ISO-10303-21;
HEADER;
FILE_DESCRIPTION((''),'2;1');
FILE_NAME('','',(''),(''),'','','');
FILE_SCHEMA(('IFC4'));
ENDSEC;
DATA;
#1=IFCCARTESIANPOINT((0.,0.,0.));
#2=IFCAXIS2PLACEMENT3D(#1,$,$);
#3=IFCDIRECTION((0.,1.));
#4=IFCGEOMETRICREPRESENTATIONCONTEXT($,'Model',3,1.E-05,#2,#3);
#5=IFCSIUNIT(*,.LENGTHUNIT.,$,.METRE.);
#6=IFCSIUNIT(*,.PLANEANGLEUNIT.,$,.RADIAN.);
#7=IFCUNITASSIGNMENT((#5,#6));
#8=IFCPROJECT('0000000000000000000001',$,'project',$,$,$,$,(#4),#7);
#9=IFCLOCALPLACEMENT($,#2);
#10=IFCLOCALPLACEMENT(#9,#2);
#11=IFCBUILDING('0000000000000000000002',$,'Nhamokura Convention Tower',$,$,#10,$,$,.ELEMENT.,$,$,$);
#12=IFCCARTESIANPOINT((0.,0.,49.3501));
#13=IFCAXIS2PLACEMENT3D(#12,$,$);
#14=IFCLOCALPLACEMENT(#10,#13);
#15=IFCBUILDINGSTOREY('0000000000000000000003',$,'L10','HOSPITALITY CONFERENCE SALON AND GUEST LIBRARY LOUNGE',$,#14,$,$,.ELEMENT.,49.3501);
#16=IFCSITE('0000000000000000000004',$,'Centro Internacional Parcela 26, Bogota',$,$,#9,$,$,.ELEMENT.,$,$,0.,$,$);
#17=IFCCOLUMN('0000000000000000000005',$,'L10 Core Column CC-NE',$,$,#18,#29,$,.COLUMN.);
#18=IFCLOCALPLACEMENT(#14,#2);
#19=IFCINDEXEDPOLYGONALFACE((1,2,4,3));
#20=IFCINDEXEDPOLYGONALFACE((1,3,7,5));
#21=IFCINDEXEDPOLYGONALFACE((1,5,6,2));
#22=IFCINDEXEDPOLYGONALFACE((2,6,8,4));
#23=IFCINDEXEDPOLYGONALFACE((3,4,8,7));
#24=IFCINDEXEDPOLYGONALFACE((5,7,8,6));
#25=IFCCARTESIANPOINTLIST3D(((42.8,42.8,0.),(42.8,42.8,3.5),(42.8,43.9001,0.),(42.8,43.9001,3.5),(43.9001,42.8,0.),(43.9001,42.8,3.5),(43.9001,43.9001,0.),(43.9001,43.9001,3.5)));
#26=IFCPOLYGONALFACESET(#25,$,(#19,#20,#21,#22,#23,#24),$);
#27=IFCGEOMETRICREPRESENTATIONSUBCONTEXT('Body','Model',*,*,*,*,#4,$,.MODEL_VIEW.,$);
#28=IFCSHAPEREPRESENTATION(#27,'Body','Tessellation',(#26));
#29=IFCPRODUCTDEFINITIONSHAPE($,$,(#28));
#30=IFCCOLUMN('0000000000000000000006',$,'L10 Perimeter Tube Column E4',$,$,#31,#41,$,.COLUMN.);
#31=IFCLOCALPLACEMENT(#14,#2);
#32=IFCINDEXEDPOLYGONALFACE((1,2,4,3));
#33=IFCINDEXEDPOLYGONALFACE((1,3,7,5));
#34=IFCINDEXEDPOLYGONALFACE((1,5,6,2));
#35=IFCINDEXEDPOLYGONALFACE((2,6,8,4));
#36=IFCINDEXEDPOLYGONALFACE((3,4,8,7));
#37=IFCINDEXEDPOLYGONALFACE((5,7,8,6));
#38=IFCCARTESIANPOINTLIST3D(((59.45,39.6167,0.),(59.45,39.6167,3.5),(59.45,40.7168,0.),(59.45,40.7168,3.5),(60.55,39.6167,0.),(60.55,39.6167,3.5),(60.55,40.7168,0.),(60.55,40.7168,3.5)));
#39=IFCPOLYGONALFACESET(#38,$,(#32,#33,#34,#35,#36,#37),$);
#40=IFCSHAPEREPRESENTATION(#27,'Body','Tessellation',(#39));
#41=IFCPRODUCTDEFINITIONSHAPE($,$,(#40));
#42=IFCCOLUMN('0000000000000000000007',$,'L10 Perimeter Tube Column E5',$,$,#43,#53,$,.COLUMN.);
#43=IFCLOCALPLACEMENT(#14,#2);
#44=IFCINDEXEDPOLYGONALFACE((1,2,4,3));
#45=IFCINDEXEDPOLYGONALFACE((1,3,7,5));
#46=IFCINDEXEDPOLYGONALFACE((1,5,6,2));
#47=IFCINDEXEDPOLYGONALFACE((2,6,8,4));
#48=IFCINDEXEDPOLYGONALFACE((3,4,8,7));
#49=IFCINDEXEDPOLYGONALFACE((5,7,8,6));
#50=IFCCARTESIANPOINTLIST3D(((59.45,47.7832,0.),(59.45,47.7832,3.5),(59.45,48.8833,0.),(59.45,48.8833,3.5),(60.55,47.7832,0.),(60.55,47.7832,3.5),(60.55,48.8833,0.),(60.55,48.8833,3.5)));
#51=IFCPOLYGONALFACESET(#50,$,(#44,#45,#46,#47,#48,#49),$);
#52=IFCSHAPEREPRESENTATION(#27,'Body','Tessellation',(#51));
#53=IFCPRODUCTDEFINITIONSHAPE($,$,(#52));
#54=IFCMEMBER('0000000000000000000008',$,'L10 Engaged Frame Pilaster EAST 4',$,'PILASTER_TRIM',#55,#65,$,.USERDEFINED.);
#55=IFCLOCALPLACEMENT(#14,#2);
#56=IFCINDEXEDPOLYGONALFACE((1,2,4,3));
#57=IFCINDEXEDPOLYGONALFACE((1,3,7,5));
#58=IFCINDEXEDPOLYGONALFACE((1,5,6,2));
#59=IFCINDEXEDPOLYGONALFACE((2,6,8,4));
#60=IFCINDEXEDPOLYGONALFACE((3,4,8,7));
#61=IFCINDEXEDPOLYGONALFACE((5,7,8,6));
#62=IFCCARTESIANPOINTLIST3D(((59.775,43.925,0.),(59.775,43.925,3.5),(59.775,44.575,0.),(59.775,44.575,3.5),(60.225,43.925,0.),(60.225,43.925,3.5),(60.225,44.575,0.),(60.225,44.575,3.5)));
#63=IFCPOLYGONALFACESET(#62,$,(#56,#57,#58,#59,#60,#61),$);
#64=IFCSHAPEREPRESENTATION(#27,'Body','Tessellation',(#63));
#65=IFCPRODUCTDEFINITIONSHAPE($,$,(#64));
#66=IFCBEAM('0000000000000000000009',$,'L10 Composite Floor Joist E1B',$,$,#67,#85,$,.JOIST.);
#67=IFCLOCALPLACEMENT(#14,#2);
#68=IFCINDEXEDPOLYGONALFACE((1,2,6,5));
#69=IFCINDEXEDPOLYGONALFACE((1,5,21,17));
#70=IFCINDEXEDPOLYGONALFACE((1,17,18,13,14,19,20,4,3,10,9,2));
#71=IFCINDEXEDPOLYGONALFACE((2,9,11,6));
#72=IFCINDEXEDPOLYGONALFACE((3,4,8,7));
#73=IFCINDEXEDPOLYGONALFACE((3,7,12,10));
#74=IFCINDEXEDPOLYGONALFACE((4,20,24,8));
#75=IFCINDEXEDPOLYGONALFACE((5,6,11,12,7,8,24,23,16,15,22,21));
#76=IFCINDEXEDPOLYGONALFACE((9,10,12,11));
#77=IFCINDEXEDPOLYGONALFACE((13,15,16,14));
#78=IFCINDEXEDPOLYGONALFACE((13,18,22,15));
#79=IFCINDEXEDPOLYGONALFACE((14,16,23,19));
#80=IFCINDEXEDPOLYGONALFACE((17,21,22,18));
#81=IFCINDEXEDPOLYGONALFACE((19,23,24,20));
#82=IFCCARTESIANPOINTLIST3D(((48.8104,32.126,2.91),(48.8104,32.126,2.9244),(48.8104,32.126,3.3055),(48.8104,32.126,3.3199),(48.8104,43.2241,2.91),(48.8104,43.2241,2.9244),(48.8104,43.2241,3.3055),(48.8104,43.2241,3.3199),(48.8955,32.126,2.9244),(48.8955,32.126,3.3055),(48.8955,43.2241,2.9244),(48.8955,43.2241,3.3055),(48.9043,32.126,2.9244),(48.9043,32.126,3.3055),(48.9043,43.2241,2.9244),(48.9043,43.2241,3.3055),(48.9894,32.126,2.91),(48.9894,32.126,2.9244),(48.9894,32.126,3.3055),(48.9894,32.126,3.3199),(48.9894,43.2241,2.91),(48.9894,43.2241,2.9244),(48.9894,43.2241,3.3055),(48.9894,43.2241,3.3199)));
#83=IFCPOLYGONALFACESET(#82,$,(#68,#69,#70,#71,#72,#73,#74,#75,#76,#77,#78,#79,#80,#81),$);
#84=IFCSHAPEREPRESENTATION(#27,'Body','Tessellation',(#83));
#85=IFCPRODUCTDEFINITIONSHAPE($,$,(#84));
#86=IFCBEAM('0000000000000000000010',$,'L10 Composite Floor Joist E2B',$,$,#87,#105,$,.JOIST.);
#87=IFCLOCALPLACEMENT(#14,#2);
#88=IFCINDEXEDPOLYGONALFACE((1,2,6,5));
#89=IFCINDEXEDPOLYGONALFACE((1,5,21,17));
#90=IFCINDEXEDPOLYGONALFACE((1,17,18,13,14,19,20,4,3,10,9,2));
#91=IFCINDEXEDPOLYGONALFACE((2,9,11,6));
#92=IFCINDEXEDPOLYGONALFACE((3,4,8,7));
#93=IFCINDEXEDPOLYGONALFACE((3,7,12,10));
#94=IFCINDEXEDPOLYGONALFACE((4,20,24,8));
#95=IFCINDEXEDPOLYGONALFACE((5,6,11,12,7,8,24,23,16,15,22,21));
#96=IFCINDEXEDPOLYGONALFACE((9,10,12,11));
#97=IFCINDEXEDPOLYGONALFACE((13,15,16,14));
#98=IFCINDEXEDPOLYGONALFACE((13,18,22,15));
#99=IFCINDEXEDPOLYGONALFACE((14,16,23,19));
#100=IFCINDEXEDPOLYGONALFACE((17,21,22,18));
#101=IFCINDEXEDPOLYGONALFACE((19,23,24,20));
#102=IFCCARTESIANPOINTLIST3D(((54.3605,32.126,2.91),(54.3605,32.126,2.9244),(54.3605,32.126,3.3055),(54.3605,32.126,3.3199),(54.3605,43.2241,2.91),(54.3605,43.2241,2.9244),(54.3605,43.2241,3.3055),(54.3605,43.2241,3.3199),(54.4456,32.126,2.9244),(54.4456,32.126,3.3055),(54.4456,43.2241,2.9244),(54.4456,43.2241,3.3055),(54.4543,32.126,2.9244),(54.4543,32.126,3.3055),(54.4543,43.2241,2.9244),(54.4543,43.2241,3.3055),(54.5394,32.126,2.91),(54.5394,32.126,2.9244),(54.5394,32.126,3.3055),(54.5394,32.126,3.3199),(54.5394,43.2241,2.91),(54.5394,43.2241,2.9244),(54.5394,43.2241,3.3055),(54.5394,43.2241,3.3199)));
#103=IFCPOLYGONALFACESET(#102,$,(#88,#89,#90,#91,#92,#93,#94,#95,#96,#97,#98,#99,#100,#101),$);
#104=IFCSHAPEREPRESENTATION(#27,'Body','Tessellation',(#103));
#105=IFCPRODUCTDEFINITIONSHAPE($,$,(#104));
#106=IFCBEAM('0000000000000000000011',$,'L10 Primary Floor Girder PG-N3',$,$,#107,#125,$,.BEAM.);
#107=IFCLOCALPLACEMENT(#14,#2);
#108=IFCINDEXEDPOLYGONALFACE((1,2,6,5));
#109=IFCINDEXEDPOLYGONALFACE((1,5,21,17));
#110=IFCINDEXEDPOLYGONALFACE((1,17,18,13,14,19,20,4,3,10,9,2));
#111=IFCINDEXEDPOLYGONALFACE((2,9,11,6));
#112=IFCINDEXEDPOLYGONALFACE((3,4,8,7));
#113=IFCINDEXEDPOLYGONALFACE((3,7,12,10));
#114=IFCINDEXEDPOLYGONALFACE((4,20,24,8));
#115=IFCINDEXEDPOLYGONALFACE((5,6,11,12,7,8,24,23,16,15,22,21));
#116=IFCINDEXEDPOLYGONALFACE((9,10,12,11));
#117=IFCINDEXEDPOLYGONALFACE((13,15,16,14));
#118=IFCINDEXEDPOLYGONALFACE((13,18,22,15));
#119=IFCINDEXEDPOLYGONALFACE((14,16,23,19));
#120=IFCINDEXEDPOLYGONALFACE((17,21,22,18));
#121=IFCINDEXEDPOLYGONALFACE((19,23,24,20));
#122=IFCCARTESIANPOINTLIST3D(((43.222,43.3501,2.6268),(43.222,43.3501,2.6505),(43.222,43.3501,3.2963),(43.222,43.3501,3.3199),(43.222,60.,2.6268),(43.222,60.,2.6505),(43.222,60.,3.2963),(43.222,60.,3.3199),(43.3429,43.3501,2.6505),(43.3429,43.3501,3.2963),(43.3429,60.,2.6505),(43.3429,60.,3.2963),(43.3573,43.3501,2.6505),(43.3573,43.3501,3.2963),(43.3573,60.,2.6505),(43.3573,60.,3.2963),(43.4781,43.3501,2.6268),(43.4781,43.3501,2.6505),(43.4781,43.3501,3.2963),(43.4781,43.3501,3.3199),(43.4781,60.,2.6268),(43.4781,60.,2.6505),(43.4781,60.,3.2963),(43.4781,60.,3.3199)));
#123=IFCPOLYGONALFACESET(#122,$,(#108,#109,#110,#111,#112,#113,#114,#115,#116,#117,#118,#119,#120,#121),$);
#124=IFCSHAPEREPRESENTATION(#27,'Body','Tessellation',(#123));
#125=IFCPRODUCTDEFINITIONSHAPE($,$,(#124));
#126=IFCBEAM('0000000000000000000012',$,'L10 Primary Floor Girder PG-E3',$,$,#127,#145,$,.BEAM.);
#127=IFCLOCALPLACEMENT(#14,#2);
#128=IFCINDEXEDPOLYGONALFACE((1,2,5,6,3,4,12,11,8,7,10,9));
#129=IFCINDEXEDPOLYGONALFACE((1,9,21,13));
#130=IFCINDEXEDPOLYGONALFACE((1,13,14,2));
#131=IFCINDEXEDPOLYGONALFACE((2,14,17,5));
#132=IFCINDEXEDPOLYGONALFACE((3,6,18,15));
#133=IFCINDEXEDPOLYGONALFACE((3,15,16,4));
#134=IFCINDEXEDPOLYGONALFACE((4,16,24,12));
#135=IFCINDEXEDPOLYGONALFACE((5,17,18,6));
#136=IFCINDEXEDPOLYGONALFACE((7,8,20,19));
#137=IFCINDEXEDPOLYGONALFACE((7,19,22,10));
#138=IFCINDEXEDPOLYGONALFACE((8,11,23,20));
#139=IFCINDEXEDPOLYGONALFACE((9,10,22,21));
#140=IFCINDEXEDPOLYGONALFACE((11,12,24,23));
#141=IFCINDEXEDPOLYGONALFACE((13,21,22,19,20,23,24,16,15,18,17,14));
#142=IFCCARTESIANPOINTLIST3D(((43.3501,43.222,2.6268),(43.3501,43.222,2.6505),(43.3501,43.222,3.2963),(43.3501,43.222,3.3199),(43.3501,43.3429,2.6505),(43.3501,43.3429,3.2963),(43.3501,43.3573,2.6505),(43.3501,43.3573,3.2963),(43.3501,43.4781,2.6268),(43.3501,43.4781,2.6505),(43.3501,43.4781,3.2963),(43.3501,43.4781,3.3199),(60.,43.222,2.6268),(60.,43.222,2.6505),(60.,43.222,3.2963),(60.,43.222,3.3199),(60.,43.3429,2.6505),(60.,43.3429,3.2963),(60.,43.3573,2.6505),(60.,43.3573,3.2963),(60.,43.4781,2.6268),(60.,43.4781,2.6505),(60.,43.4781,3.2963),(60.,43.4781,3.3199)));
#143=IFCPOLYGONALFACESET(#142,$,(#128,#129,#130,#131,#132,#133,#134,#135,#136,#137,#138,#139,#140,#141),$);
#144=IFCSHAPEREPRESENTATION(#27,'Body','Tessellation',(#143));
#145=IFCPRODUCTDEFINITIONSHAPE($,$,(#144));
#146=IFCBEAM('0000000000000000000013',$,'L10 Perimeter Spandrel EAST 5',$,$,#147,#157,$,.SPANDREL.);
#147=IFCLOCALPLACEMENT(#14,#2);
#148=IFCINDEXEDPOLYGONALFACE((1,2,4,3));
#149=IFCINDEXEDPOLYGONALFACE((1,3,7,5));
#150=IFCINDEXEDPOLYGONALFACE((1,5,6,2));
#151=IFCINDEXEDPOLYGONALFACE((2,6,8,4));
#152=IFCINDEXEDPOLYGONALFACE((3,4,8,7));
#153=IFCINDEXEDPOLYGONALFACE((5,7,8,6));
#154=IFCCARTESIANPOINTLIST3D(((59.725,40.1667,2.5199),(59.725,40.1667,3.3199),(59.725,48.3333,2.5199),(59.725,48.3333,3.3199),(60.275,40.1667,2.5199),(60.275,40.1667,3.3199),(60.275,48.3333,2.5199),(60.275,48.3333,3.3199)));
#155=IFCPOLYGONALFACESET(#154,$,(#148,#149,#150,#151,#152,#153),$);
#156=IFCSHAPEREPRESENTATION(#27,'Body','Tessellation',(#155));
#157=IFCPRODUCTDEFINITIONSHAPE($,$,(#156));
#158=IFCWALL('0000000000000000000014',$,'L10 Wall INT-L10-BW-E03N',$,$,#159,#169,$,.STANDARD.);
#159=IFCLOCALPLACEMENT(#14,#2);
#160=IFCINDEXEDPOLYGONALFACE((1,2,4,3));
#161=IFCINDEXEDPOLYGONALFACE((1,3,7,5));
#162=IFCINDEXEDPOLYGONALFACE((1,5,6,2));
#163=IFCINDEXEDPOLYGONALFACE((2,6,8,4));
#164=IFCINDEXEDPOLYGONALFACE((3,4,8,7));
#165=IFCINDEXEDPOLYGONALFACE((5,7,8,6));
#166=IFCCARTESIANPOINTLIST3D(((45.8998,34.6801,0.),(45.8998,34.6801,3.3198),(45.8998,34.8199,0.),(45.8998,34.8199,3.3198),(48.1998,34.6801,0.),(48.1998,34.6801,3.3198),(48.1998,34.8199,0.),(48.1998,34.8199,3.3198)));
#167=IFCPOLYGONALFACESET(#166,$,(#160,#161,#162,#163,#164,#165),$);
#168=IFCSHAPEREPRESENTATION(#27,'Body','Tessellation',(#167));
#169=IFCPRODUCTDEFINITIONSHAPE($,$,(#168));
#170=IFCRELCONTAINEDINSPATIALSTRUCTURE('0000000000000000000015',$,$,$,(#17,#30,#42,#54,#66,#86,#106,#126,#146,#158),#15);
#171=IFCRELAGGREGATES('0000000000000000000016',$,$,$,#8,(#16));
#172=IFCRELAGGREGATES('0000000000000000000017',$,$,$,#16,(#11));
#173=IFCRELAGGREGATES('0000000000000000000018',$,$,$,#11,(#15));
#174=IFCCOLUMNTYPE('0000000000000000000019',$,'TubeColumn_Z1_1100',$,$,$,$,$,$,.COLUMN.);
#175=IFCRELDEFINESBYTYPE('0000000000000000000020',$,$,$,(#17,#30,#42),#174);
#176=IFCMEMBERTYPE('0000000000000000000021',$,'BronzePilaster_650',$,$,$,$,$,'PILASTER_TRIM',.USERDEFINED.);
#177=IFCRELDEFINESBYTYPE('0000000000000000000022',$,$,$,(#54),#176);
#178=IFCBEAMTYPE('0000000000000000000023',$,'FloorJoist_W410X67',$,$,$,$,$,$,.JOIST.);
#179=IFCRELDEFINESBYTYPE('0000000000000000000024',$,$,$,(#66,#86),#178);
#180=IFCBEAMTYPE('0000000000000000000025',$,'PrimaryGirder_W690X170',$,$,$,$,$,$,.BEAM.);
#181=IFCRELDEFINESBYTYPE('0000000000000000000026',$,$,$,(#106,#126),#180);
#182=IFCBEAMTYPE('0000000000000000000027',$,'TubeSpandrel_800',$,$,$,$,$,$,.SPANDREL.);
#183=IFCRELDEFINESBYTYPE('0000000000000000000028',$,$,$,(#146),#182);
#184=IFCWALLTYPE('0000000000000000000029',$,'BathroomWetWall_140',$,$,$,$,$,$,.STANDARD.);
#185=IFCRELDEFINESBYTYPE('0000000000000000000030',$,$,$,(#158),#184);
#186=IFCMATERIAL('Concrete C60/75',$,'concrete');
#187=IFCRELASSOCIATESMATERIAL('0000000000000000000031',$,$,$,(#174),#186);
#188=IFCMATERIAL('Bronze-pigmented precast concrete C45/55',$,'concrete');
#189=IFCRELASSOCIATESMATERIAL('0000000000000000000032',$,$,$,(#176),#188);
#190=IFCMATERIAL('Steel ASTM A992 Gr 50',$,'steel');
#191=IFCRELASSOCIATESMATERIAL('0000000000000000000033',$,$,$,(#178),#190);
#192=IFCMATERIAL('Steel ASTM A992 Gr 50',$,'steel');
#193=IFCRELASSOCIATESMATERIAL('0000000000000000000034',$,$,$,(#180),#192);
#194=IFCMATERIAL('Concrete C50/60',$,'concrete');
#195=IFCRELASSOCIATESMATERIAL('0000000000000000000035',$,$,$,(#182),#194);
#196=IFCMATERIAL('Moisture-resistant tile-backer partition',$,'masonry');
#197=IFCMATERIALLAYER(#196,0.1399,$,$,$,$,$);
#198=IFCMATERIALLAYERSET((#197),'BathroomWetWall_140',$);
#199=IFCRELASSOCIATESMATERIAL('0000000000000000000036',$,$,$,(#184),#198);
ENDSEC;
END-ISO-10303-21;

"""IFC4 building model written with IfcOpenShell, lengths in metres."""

from ifc_helpers import new_model, si_unit, direction, frame, frame_2d, origin, origin_2d, place, context, subcontext, project, spatial, rectangle, i_section, extrude, material, layer, layer_set, material_profile, profile_set, type_object, element, save


model = new_model("IFC4")

# Units and contexts
model_context = context("Model", 3, precision=1e-05, world=origin(), true_north=direction((0.0, 1.0)))
body_context = subcontext(model_context, "Body", "Model", "MODEL_VIEW")
ifc_project = project(units=[si_unit("LENGTHUNIT", "METRE"), si_unit("PLANEANGLEUNIT", "RADIAN")], contexts=[model_context])

# Site, building, storey
site_placement = place(None, origin())
site = spatial("IfcSite", under=ifc_project, at=site_placement, Name="Centro Internacional Parcela 26, Bogota", CompositionType="ELEMENT", RefElevation=0.0)
building_placement = place(site_placement, origin())
building = spatial("IfcBuilding", under=site, at=building_placement, Name="Nhamokura Convention Tower", CompositionType="ELEMENT")
storey_placement = place(building_placement, frame((0.0, 0.0, 49.3501)))
storey = spatial("IfcBuildingStorey", under=building, at=storey_placement, Name="L10", Description="HOSPITALITY CONFERENCE SALON AND GUEST LIBRARY LOUNGE", CompositionType="ELEMENT", Elevation=49.3501)

# Columns
ifc_material_1 = material(Name="Concrete C60/75", Category="concrete")
ifc_material_profile_1 = material_profile(ifc_material_1, rectangle(XDim=1.1001, YDim=1.1001, at=origin_2d()))
ifc_profile_set_1 = profile_set([ifc_material_profile_1], Name="Concrete C60/75")
column_type = type_object("IfcColumnType", Name="TubeColumn_Z1_1100", PredefinedType="COLUMN", material=ifc_profile_set_1)
for number, where, z_axis, x_axis, name in (
    (1, (43.3501, 43.3501, 0.0), (0.0, 0.0, 1.0), (1.0, 0.0, 0.0), "L10 Core Column CC-NE"),
    (2, (60.0, 40.1667, 0.0), (0.0, 0.0, 1.0), (1.0, 0.0, 0.0), "L10 Perimeter Tube Column E4"),
    (3, (60.0, 48.3333, 0.0), (0.0, 0.0, 1.0), (1.0, 0.0, 0.0), "L10 Perimeter Tube Column E5"),
):
    element("IfcColumn", number, at=place(storey_placement, frame(where, z_axis=z_axis, x_axis=x_axis)), inside=storey, type_object=column_type, Name=name, PredefinedType="COLUMN", context=body_context, shape_type="SweptSolid", body=[
        extrude(rectangle(XDim=1.1001, YDim=1.1001, at=origin_2d()), origin(), (0.0, 0.0, 1.0), 3.5),
    ])

# Member
ifc_material_2 = material(Name="Bronze-pigmented precast concrete C45/55", Category="concrete")
ifc_material_profile_2 = material_profile(ifc_material_2, rectangle(XDim=0.45, YDim=0.6499, at=origin_2d()))
ifc_profile_set_2 = profile_set([ifc_material_profile_2], Name="Bronze-pigmented precast concrete C45/55")
member_type = type_object("IfcMemberType", Name="BronzePilaster_650", ElementType="PILASTER_TRIM", PredefinedType="USERDEFINED", material=ifc_profile_set_2)
member_placement = place(storey_placement, frame((60.0, 44.25, 0.0), z_axis=(0.0, 0.0, 1.0), x_axis=(1.0, 0.0, 0.0)))
element("IfcMember", 4, at=member_placement, inside=storey, type_object=member_type, Name="L10 Engaged Frame Pilaster EAST 4", ObjectType="PILASTER_TRIM", PredefinedType="USERDEFINED", context=body_context, shape_type="SweptSolid", body=[
    extrude(rectangle(XDim=0.45, YDim=0.6499, at=origin_2d()), origin(), (0.0, 0.0, 1.0), 3.5),
])

# Beams
ifc_material_3 = material(Name="Steel ASTM A992 Gr 50", Category="steel")
ifc_material_profile_3 = material_profile(ifc_material_3, i_section(OverallWidth=0.179, OverallDepth=0.4099, WebThickness=0.0088, FlangeThickness=0.0144, at=origin_2d()))
ifc_profile_set_3 = profile_set([ifc_material_profile_3], Name="Steel ASTM A992 Gr 50")
beam_type_1 = type_object("IfcBeamType", Name="FloorJoist_W410X67", PredefinedType="JOIST", material=ifc_profile_set_3)
for number, where, z_axis, x_axis, name in (
    (5, (48.8999, 32.126, 3.115), (0.0, 1.0, 0.0), (-1.0, 0.0, 0.0), "L10 Composite Floor Joist E1B"),
    (6, (54.45, 32.126, 3.115), (0.0, 1.0, 0.0), (-1.0, 0.0, 0.0), "L10 Composite Floor Joist E2B"),
):
    element("IfcBeam", number, at=place(storey_placement, frame(where, z_axis=z_axis, x_axis=x_axis)), inside=storey, type_object=beam_type_1, Name=name, PredefinedType="JOIST", context=body_context, shape_type="SweptSolid", body=[
        extrude(i_section(OverallWidth=0.179, OverallDepth=0.4099, WebThickness=0.0088, FlangeThickness=0.0144, at=origin_2d()), origin(), (0.0, 0.0, 1.0), 11.0981),
    ])
ifc_material_4 = material(Name="Steel ASTM A992 Gr 50", Category="steel")
ifc_material_profile_4 = material_profile(ifc_material_4, i_section(OverallWidth=0.2561, OverallDepth=0.6931, WebThickness=0.0144, FlangeThickness=0.0237, at=origin_2d()))
ifc_profile_set_4 = profile_set([ifc_material_profile_4], Name="Steel ASTM A992 Gr 50")
beam_type_2 = type_object("IfcBeamType", Name="PrimaryGirder_W690X170", PredefinedType="BEAM", material=ifc_profile_set_4)
for number, where, z_axis, x_axis, name in (
    (7, (43.3501, 43.3501, 2.9734), (0.0, 1.0, 0.0), (-1.0, 0.0, 0.0), "L10 Primary Floor Girder PG-N3"),
    (8, (43.3501, 43.3501, 2.9734), (1.0, 0.0, 0.0), (0.0, 1.0, 0.0), "L10 Primary Floor Girder PG-E3"),
):
    element("IfcBeam", number, at=place(storey_placement, frame(where, z_axis=z_axis, x_axis=x_axis)), inside=storey, type_object=beam_type_2, Name=name, PredefinedType="BEAM", context=body_context, shape_type="SweptSolid", body=[
        extrude(i_section(OverallWidth=0.2561, OverallDepth=0.6931, WebThickness=0.0144, FlangeThickness=0.0237, at=origin_2d()), origin(), (0.0, 0.0, 1.0), 16.6499),
    ])
ifc_material_5 = material(Name="Concrete C50/60", Category="concrete")
ifc_material_profile_5 = material_profile(ifc_material_5, rectangle(XDim=0.55, YDim=0.8, at=origin_2d()))
ifc_profile_set_5 = profile_set([ifc_material_profile_5], Name="Concrete C50/60")
beam_type_3 = type_object("IfcBeamType", Name="TubeSpandrel_800", PredefinedType="SPANDREL", material=ifc_profile_set_5)
beam_placement = place(storey_placement, frame((60.0, 40.1667, 2.9199), z_axis=(0.0, 1.0, 0.0), x_axis=(-1.0, 0.0, 0.0)))
element("IfcBeam", 9, at=beam_placement, inside=storey, type_object=beam_type_3, Name="L10 Perimeter Spandrel EAST 5", PredefinedType="SPANDREL", context=body_context, shape_type="SweptSolid", body=[
    extrude(rectangle(XDim=0.55, YDim=0.8, at=origin_2d()), origin(), (0.0, 0.0, 1.0), 8.1665),
])

# Wall
ifc_material_6 = material(Name="Moisture-resistant tile-backer partition", Category="masonry")
ifc_layer_1 = layer(ifc_material_6, 0.1399)
ifc_layer_set_1 = layer_set([ifc_layer_1], Name="BathroomWetWall_140")
wall_type_1 = type_object("IfcWallType", Name="BathroomWetWall_140", PredefinedType="STANDARD", material=ifc_layer_set_1)
wall_1_placement = place(storey_placement, frame((45.8999, 34.75, 0.0), z_axis=(0.0, 0.0, 1.0), x_axis=(1.0, 0.0, 0.0)))
element("IfcWall", 10, at=wall_1_placement, inside=storey, type_object=wall_type_1, Name="L10 Wall INT-L10-BW-E03N", PredefinedType="STANDARD", context=body_context, shape_type="SweptSolid", body=[
    extrude(rectangle(XDim=2.3, YDim=0.1399, at=frame_2d((1.1499, 0.0))), origin(), (0.0, 0.0, 1.0), 3.3198),
])

save(model, "model.ifc")
